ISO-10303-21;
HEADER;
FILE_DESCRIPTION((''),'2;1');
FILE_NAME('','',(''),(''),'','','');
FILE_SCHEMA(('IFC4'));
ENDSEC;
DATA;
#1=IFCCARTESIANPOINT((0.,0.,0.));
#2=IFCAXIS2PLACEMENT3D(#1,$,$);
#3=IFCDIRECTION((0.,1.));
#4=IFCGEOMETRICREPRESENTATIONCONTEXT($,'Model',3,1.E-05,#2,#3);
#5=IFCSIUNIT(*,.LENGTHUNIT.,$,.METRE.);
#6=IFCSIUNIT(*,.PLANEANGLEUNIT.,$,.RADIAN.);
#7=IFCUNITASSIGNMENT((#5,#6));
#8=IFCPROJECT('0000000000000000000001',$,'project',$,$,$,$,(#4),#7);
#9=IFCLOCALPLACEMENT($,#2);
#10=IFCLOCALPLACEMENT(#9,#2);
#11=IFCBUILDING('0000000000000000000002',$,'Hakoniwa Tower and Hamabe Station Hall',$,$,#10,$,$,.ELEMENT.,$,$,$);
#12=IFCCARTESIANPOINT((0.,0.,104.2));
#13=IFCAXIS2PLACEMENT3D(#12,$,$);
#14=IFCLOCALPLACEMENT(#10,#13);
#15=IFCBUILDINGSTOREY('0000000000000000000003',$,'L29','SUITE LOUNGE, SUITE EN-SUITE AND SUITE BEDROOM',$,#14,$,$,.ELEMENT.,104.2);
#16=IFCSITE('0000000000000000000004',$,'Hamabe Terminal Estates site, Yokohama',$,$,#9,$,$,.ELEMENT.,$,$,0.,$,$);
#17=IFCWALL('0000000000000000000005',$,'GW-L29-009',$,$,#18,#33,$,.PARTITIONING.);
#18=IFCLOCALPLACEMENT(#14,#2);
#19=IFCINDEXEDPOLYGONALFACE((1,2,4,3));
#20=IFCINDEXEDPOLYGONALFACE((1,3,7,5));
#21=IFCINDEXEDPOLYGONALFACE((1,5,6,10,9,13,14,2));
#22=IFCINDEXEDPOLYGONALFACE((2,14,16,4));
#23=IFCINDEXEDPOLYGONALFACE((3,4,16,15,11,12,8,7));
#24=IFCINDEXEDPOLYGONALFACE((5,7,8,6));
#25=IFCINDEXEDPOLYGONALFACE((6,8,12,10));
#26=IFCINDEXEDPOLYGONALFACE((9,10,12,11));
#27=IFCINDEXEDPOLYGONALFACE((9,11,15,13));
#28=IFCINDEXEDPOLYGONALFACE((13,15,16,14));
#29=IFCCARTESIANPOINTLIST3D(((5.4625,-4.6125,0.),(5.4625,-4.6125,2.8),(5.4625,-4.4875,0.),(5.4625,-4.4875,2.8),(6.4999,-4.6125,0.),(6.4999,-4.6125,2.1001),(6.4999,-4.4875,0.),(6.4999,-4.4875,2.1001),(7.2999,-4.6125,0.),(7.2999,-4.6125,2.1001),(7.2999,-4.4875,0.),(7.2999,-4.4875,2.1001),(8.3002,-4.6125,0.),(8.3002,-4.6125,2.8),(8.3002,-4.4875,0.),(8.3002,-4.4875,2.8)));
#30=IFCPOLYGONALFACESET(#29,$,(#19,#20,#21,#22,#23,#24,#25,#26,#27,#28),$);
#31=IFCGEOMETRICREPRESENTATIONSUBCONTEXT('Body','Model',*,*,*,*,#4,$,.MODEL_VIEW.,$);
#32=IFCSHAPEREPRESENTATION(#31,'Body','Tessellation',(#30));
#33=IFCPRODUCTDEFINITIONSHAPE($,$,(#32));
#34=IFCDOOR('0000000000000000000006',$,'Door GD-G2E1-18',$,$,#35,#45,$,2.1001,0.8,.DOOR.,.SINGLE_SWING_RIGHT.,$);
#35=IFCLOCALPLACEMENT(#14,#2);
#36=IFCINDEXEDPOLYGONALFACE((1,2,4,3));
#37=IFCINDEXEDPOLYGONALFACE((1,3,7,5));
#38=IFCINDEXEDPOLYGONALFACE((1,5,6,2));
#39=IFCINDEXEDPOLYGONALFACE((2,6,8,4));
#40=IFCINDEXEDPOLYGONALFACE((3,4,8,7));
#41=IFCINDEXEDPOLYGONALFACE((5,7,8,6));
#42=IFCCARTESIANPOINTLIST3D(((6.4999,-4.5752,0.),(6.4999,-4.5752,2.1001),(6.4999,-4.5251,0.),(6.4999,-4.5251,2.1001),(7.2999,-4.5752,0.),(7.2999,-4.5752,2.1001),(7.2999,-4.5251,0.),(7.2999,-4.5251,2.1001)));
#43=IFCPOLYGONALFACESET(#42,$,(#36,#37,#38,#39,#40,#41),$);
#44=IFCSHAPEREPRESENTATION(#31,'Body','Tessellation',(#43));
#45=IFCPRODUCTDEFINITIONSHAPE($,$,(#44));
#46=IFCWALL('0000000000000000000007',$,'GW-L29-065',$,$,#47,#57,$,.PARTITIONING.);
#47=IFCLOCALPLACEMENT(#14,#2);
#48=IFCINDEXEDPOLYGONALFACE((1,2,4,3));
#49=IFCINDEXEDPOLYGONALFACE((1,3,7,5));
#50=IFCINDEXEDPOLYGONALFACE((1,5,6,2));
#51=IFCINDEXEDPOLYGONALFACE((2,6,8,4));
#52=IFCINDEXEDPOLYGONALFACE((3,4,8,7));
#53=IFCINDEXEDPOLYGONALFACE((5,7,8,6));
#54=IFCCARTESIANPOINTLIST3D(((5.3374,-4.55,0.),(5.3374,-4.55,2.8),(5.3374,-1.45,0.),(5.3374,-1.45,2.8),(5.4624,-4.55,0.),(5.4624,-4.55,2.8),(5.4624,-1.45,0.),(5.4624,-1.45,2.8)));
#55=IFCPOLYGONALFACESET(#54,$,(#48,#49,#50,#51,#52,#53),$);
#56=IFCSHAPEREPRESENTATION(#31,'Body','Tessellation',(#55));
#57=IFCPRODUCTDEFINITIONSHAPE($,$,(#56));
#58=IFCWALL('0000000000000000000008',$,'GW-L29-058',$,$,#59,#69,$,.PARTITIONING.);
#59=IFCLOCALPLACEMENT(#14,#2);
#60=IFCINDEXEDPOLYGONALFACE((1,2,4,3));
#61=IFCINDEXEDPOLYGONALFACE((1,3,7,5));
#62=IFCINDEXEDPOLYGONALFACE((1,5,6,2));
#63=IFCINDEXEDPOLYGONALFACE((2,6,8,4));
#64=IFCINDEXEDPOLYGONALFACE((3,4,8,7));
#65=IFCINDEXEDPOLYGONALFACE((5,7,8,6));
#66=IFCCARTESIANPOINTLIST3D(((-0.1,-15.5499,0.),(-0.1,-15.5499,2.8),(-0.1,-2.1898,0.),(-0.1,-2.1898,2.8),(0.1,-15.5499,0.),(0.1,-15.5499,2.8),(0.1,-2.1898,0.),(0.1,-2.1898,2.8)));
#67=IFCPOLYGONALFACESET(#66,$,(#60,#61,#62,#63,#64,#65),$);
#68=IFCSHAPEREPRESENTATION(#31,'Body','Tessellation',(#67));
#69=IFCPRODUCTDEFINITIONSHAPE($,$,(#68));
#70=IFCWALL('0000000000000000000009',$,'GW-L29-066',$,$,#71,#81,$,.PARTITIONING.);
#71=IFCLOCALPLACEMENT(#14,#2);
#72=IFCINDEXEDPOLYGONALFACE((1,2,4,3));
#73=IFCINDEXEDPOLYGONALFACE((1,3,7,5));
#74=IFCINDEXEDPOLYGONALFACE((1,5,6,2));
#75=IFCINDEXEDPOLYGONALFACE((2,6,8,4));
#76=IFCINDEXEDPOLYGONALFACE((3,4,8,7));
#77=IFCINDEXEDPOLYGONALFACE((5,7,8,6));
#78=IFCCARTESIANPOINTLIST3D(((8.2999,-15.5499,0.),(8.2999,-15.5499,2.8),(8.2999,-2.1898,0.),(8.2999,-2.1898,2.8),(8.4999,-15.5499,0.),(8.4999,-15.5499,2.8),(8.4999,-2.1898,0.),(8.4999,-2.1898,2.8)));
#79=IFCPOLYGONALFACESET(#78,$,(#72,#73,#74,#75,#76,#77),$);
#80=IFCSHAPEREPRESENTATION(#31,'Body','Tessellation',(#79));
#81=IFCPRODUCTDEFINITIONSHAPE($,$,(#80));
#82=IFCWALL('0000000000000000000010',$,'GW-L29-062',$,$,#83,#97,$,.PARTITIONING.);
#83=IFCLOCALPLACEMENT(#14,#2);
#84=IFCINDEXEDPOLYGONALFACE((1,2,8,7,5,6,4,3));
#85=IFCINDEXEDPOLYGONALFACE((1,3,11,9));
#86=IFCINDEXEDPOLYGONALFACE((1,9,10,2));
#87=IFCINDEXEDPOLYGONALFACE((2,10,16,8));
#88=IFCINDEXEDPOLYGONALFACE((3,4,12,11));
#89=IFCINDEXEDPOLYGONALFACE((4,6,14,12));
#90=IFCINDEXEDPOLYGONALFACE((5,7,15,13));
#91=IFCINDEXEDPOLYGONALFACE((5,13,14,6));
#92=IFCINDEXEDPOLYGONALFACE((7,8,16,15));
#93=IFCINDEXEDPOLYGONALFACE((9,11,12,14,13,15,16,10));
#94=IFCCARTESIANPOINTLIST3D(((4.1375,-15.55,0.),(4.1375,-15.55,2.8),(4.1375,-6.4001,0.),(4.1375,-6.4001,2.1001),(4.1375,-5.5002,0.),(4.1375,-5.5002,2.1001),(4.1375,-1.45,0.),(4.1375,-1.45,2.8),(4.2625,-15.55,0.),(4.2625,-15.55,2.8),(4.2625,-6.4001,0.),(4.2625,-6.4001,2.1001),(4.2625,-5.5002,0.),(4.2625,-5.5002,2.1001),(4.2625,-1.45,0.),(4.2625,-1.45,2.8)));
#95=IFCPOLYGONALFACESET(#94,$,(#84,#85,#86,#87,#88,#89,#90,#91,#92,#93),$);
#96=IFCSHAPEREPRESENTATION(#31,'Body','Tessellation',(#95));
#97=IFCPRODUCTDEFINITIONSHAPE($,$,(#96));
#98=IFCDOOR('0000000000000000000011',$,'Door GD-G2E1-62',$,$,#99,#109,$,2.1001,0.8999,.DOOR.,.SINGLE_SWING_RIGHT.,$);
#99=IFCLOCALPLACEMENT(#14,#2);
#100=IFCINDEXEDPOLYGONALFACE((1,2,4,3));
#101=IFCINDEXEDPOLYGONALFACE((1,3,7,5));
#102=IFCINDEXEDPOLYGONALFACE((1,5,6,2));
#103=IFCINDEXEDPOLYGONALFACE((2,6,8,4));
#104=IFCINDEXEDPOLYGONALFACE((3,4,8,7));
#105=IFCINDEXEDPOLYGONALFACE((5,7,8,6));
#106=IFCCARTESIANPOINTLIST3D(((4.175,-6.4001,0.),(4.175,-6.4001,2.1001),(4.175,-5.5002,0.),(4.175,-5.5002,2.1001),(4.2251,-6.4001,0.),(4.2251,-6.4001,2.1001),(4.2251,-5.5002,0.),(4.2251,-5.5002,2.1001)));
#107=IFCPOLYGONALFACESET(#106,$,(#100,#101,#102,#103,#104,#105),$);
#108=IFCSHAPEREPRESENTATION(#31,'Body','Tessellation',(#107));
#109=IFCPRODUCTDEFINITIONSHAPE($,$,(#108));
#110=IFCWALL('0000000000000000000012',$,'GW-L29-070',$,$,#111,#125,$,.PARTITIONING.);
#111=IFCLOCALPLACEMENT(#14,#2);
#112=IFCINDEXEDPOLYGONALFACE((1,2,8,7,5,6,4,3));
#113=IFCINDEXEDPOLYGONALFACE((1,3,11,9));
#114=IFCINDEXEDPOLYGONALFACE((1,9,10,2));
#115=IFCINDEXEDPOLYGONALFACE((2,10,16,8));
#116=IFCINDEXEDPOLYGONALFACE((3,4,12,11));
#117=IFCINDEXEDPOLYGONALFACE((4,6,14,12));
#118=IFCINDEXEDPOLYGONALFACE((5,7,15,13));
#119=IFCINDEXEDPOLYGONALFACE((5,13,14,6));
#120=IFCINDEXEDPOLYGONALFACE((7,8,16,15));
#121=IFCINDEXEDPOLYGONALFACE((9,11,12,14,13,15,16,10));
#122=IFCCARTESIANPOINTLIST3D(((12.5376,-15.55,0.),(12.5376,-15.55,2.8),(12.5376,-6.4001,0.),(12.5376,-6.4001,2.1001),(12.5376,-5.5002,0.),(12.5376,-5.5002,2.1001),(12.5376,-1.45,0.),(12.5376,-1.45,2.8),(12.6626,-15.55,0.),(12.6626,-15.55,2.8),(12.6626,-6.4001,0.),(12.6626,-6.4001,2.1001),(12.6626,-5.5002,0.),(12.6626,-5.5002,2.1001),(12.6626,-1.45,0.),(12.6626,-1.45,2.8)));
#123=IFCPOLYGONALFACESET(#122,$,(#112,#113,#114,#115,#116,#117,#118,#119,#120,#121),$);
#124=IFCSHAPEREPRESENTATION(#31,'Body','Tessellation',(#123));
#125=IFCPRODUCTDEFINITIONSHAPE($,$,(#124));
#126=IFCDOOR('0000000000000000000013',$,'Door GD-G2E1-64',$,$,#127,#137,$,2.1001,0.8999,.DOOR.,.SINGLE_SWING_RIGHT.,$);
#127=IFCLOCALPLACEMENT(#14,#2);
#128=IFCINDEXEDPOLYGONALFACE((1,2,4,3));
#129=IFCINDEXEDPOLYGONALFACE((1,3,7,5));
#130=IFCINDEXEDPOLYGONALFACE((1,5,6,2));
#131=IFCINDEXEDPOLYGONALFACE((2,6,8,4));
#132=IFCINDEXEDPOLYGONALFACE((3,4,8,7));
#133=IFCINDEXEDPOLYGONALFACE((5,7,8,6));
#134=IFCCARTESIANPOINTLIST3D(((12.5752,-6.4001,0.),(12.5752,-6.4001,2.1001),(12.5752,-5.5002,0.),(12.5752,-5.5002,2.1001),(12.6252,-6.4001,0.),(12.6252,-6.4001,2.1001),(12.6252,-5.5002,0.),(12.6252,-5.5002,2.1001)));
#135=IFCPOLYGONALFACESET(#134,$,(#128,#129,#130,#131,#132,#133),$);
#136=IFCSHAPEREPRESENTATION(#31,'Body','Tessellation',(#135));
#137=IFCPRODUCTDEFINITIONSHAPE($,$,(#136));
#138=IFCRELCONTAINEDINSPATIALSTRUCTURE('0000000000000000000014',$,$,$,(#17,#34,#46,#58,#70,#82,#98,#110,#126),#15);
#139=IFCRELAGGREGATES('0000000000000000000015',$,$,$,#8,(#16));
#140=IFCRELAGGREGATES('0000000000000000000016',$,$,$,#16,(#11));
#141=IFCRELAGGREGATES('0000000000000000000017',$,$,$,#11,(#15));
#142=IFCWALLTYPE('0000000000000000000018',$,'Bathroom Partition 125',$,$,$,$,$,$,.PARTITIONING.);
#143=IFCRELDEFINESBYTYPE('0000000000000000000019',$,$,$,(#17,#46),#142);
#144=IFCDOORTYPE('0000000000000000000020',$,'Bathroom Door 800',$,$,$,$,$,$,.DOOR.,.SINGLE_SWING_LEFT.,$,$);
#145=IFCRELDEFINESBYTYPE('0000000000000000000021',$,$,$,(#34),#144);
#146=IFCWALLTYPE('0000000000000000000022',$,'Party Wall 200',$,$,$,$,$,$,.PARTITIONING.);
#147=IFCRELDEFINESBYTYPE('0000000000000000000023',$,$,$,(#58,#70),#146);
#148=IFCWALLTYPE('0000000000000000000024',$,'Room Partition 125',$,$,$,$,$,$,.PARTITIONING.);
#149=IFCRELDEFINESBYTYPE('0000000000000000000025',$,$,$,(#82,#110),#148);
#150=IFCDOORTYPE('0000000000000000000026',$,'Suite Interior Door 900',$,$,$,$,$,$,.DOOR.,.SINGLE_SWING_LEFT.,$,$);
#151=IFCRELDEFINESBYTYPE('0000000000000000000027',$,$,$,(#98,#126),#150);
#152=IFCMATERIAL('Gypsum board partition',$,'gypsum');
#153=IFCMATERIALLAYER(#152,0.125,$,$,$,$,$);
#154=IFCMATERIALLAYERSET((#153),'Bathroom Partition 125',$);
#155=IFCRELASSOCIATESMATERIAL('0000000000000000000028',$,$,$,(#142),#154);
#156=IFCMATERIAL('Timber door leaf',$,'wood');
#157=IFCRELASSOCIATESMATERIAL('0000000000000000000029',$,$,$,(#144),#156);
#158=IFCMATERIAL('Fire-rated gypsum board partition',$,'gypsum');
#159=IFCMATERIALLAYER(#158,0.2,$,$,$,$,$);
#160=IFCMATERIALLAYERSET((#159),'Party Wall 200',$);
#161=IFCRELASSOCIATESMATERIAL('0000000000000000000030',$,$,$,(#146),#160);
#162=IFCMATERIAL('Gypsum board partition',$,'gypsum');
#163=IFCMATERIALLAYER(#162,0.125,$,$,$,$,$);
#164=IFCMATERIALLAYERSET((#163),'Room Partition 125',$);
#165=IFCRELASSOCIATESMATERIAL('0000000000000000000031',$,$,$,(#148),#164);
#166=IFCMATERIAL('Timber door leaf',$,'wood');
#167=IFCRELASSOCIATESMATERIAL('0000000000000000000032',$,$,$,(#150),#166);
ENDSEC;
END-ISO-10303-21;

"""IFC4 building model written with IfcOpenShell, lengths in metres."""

from ifc_helpers import new_model, si_unit, direction, frame, frame_2d, origin, place, context, subcontext, project, spatial, rectangle, extrude, material, layer, layer_set, type_object, element, fill, save


model = new_model("IFC4")

# Units and contexts
model_context = context("Model", 3, precision=1e-05, world=origin(), true_north=direction((0.0, 1.0)))
body_context = subcontext(model_context, "Body", "Model", "MODEL_VIEW")
ifc_project = project(units=[si_unit("LENGTHUNIT", "METRE"), si_unit("PLANEANGLEUNIT", "RADIAN")], contexts=[model_context])

# Site, building, storey
site_placement = place(None, origin())
site = spatial("IfcSite", under=ifc_project, at=site_placement, Name="Hamabe Terminal Estates site, Yokohama", CompositionType="ELEMENT", RefElevation=0.0)
building_placement = place(site_placement, origin())
building = spatial("IfcBuilding", under=site, at=building_placement, Name="Hakoniwa Tower and Hamabe Station Hall", CompositionType="ELEMENT")
storey_placement = place(building_placement, frame((0.0, 0.0, 104.2)))
storey = spatial("IfcBuildingStorey", under=building, at=storey_placement, Name="L29", Description="SUITE LOUNGE, SUITE EN-SUITE AND SUITE BEDROOM", CompositionType="ELEMENT", Elevation=104.2)

# Wall, opening, door
ifc_material_1 = material(Name="Gypsum board partition", Category="gypsum")
ifc_layer_1 = layer(ifc_material_1, 0.125)
ifc_layer_set_1 = layer_set([ifc_layer_1], Name="Bathroom Partition 125")
wall_type_1 = type_object("IfcWallType", Name="Bathroom Partition 125", PredefinedType="PARTITIONING", material=ifc_layer_set_1)
wall_1_placement = place(storey_placement, frame((5.4624, -4.55, 0.0), z_axis=(0.0, 0.0, 1.0), x_axis=(1.0, 0.0, 0.0)))
wall_1 = element("IfcWall", 1, at=wall_1_placement, inside=storey, type_object=wall_type_1, Name="GW-L29-009", PredefinedType="PARTITIONING", context=body_context, shape_type="SweptSolid", body=[
    extrude(rectangle(XDim=2.8376, YDim=0.125, at=frame_2d((1.4189, 0.0))), origin(), (0.0, 0.0, 1.0), 2.8),
])
opening_1_placement = place(wall_1_placement, frame((1.0376, 0.0, 0.0)))
opening_1 = element("IfcOpeningElement", 2, at=opening_1_placement, cuts=wall_1, PredefinedType="OPENING", context=body_context, shape_type="SweptSolid", body=[
    extrude(rectangle(XDim=0.8, YDim=2.1001, at=frame_2d((0.3999, 1.05))), frame((0.0, 0.0725, 0.0), z_axis=(0.0, -1.0, 0.0), x_axis=(1.0, 0.0, 0.0)), (0.0, 0.0, 1.0), 0.145),
])
ifc_material_2 = material(Name="Timber door leaf", Category="wood")
door_type_1 = type_object("IfcDoorType", Name="Bathroom Door 800", OperationType="SINGLE_SWING_LEFT", PredefinedType="DOOR", material=ifc_material_2)
door_1_placement = place(opening_1_placement, origin())
door_1 = element("IfcDoor", 3, at=door_1_placement, inside=storey, type_object=door_type_1, Name="Door GD-G2E1-18", OperationType="SINGLE_SWING_RIGHT", OverallHeight=2.1001, OverallWidth=0.8, PredefinedType="DOOR", context=body_context, shape_type="SweptSolid", body=[
    extrude(rectangle(XDim=0.8, YDim=2.1001, at=frame_2d((0.3999, 1.05))), frame((0.0, 0.0249, 0.0), z_axis=(0.0, -1.0, 0.0), x_axis=(1.0, 0.0, 0.0)), (0.0, 0.0, 1.0), 0.05),
])
fill(opening_1, door_1)

# Walls
wall_2_placement = place(storey_placement, frame((5.3999, -4.55, 0.0), z_axis=(0.0, 0.0, 1.0), x_axis=(0.0, 1.0, 0.0)))
element("IfcWall", 4, at=wall_2_placement, inside=storey, type_object=wall_type_1, Name="GW-L29-065", PredefinedType="PARTITIONING", context=body_context, shape_type="SweptSolid", body=[
    extrude(rectangle(XDim=3.1001, YDim=0.125, at=frame_2d((1.55, 0.0))), origin(), (0.0, 0.0, 1.0), 2.8),
])
ifc_material_3 = material(Name="Fire-rated gypsum board partition", Category="gypsum")
ifc_layer_2 = layer(ifc_material_3, 0.2)
ifc_layer_set_2 = layer_set([ifc_layer_2], Name="Party Wall 200")
wall_type_2 = type_object("IfcWallType", Name="Party Wall 200", PredefinedType="PARTITIONING", material=ifc_layer_set_2)
for number, where, z_axis, x_axis, name in (
    (5, (0.0, -15.55, 0.0), (0.0, 0.0, 1.0), (0.0, 1.0, 0.0), "GW-L29-058"),
    (6, (8.3999, -15.55, 0.0), (0.0, 0.0, 1.0), (0.0, 1.0, 0.0), "GW-L29-066"),
):
    element("IfcWall", number, at=place(storey_placement, frame(where, z_axis=z_axis, x_axis=x_axis)), inside=storey, type_object=wall_type_2, Name=name, PredefinedType="PARTITIONING", context=body_context, shape_type="SweptSolid", body=[
        extrude(rectangle(XDim=13.3601, YDim=0.2, at=frame_2d((6.6802, 0.0))), origin(), (0.0, 0.0, 1.0), 2.8),
    ])

# Walls, openings, doors
ifc_material_4 = material(Name="Gypsum board partition", Category="gypsum")
ifc_layer_3 = layer(ifc_material_4, 0.125)
ifc_layer_set_3 = layer_set([ifc_layer_3], Name="Room Partition 125")
wall_type_3 = type_object("IfcWallType", Name="Room Partition 125", PredefinedType="PARTITIONING", material=ifc_layer_set_3)
wall_3_placement = place(storey_placement, frame((4.2, -15.55, 0.0), z_axis=(0.0, 0.0, 1.0), x_axis=(0.0, 1.0, 0.0)))
wall_3 = element("IfcWall", 7, at=wall_3_placement, inside=storey, type_object=wall_type_3, Name="GW-L29-062", PredefinedType="PARTITIONING", context=body_context, shape_type="SweptSolid", body=[
    extrude(rectangle(XDim=14.1001, YDim=0.125, at=frame_2d((7.05, 0.0))), origin(), (0.0, 0.0, 1.0), 2.8),
])
opening_2_placement = place(wall_3_placement, frame((9.1499, 0.0, 0.0)))
opening_2 = element("IfcOpeningElement", 8, at=opening_2_placement, cuts=wall_3, PredefinedType="OPENING", context=body_context, shape_type="SweptSolid", body=[
    extrude(rectangle(XDim=0.8999, YDim=2.1001, at=frame_2d((0.45, 1.05))), frame((0.0, 0.0725, 0.0), z_axis=(0.0, -1.0, 0.0), x_axis=(1.0, 0.0, 0.0)), (0.0, 0.0, 1.0), 0.145),
])
ifc_material_5 = material(Name="Timber door leaf", Category="wood")
door_type_2 = type_object("IfcDoorType", Name="Suite Interior Door 900", OperationType="SINGLE_SWING_LEFT", PredefinedType="DOOR", material=ifc_material_5)
door_2_placement = place(opening_2_placement, origin())
door_2 = element("IfcDoor", 9, at=door_2_placement, inside=storey, type_object=door_type_2, Name="Door GD-G2E1-62", OperationType="SINGLE_SWING_RIGHT", OverallHeight=2.1001, OverallWidth=0.8999, PredefinedType="DOOR", context=body_context, shape_type="SweptSolid", body=[
    extrude(rectangle(XDim=0.8999, YDim=2.1001, at=frame_2d((0.45, 1.05))), frame((0.0, 0.0249, 0.0), z_axis=(0.0, -1.0, 0.0), x_axis=(1.0, 0.0, 0.0)), (0.0, 0.0, 1.0), 0.05),
])
fill(opening_2, door_2)
wall_4_placement = place(storey_placement, frame((12.6001, -15.55, 0.0), z_axis=(0.0, 0.0, 1.0), x_axis=(0.0, 1.0, 0.0)))
wall_4 = element("IfcWall", 10, at=wall_4_placement, inside=storey, type_object=wall_type_3, Name="GW-L29-070", PredefinedType="PARTITIONING", context=body_context, shape_type="SweptSolid", body=[
    extrude(rectangle(XDim=14.1001, YDim=0.125, at=frame_2d((7.05, 0.0))), origin(), (0.0, 0.0, 1.0), 2.8),
])
opening_3_placement = place(wall_4_placement, frame((9.1499, 0.0, 0.0)))
opening_3 = element("IfcOpeningElement", 11, at=opening_3_placement, cuts=wall_4, PredefinedType="OPENING", context=body_context, shape_type="SweptSolid", body=[
    extrude(rectangle(XDim=0.8999, YDim=2.1001, at=frame_2d((0.45, 1.05))), frame((0.0, 0.0725, 0.0), z_axis=(0.0, -1.0, 0.0), x_axis=(1.0, 0.0, 0.0)), (0.0, 0.0, 1.0), 0.145),
])
door_3_placement = place(opening_3_placement, origin())
door_3 = element("IfcDoor", 12, at=door_3_placement, inside=storey, type_object=door_type_2, Name="Door GD-G2E1-64", OperationType="SINGLE_SWING_RIGHT", OverallHeight=2.1001, OverallWidth=0.8999, PredefinedType="DOOR", context=body_context, shape_type="SweptSolid", body=[
    extrude(rectangle(XDim=0.8999, YDim=2.1001, at=frame_2d((0.45, 1.05))), frame((0.0, 0.0249, 0.0), z_axis=(0.0, -1.0, 0.0), x_axis=(1.0, 0.0, 0.0)), (0.0, 0.0, 1.0), 0.05),
])
fill(opening_3, door_3)

save(model, "model.ifc")
